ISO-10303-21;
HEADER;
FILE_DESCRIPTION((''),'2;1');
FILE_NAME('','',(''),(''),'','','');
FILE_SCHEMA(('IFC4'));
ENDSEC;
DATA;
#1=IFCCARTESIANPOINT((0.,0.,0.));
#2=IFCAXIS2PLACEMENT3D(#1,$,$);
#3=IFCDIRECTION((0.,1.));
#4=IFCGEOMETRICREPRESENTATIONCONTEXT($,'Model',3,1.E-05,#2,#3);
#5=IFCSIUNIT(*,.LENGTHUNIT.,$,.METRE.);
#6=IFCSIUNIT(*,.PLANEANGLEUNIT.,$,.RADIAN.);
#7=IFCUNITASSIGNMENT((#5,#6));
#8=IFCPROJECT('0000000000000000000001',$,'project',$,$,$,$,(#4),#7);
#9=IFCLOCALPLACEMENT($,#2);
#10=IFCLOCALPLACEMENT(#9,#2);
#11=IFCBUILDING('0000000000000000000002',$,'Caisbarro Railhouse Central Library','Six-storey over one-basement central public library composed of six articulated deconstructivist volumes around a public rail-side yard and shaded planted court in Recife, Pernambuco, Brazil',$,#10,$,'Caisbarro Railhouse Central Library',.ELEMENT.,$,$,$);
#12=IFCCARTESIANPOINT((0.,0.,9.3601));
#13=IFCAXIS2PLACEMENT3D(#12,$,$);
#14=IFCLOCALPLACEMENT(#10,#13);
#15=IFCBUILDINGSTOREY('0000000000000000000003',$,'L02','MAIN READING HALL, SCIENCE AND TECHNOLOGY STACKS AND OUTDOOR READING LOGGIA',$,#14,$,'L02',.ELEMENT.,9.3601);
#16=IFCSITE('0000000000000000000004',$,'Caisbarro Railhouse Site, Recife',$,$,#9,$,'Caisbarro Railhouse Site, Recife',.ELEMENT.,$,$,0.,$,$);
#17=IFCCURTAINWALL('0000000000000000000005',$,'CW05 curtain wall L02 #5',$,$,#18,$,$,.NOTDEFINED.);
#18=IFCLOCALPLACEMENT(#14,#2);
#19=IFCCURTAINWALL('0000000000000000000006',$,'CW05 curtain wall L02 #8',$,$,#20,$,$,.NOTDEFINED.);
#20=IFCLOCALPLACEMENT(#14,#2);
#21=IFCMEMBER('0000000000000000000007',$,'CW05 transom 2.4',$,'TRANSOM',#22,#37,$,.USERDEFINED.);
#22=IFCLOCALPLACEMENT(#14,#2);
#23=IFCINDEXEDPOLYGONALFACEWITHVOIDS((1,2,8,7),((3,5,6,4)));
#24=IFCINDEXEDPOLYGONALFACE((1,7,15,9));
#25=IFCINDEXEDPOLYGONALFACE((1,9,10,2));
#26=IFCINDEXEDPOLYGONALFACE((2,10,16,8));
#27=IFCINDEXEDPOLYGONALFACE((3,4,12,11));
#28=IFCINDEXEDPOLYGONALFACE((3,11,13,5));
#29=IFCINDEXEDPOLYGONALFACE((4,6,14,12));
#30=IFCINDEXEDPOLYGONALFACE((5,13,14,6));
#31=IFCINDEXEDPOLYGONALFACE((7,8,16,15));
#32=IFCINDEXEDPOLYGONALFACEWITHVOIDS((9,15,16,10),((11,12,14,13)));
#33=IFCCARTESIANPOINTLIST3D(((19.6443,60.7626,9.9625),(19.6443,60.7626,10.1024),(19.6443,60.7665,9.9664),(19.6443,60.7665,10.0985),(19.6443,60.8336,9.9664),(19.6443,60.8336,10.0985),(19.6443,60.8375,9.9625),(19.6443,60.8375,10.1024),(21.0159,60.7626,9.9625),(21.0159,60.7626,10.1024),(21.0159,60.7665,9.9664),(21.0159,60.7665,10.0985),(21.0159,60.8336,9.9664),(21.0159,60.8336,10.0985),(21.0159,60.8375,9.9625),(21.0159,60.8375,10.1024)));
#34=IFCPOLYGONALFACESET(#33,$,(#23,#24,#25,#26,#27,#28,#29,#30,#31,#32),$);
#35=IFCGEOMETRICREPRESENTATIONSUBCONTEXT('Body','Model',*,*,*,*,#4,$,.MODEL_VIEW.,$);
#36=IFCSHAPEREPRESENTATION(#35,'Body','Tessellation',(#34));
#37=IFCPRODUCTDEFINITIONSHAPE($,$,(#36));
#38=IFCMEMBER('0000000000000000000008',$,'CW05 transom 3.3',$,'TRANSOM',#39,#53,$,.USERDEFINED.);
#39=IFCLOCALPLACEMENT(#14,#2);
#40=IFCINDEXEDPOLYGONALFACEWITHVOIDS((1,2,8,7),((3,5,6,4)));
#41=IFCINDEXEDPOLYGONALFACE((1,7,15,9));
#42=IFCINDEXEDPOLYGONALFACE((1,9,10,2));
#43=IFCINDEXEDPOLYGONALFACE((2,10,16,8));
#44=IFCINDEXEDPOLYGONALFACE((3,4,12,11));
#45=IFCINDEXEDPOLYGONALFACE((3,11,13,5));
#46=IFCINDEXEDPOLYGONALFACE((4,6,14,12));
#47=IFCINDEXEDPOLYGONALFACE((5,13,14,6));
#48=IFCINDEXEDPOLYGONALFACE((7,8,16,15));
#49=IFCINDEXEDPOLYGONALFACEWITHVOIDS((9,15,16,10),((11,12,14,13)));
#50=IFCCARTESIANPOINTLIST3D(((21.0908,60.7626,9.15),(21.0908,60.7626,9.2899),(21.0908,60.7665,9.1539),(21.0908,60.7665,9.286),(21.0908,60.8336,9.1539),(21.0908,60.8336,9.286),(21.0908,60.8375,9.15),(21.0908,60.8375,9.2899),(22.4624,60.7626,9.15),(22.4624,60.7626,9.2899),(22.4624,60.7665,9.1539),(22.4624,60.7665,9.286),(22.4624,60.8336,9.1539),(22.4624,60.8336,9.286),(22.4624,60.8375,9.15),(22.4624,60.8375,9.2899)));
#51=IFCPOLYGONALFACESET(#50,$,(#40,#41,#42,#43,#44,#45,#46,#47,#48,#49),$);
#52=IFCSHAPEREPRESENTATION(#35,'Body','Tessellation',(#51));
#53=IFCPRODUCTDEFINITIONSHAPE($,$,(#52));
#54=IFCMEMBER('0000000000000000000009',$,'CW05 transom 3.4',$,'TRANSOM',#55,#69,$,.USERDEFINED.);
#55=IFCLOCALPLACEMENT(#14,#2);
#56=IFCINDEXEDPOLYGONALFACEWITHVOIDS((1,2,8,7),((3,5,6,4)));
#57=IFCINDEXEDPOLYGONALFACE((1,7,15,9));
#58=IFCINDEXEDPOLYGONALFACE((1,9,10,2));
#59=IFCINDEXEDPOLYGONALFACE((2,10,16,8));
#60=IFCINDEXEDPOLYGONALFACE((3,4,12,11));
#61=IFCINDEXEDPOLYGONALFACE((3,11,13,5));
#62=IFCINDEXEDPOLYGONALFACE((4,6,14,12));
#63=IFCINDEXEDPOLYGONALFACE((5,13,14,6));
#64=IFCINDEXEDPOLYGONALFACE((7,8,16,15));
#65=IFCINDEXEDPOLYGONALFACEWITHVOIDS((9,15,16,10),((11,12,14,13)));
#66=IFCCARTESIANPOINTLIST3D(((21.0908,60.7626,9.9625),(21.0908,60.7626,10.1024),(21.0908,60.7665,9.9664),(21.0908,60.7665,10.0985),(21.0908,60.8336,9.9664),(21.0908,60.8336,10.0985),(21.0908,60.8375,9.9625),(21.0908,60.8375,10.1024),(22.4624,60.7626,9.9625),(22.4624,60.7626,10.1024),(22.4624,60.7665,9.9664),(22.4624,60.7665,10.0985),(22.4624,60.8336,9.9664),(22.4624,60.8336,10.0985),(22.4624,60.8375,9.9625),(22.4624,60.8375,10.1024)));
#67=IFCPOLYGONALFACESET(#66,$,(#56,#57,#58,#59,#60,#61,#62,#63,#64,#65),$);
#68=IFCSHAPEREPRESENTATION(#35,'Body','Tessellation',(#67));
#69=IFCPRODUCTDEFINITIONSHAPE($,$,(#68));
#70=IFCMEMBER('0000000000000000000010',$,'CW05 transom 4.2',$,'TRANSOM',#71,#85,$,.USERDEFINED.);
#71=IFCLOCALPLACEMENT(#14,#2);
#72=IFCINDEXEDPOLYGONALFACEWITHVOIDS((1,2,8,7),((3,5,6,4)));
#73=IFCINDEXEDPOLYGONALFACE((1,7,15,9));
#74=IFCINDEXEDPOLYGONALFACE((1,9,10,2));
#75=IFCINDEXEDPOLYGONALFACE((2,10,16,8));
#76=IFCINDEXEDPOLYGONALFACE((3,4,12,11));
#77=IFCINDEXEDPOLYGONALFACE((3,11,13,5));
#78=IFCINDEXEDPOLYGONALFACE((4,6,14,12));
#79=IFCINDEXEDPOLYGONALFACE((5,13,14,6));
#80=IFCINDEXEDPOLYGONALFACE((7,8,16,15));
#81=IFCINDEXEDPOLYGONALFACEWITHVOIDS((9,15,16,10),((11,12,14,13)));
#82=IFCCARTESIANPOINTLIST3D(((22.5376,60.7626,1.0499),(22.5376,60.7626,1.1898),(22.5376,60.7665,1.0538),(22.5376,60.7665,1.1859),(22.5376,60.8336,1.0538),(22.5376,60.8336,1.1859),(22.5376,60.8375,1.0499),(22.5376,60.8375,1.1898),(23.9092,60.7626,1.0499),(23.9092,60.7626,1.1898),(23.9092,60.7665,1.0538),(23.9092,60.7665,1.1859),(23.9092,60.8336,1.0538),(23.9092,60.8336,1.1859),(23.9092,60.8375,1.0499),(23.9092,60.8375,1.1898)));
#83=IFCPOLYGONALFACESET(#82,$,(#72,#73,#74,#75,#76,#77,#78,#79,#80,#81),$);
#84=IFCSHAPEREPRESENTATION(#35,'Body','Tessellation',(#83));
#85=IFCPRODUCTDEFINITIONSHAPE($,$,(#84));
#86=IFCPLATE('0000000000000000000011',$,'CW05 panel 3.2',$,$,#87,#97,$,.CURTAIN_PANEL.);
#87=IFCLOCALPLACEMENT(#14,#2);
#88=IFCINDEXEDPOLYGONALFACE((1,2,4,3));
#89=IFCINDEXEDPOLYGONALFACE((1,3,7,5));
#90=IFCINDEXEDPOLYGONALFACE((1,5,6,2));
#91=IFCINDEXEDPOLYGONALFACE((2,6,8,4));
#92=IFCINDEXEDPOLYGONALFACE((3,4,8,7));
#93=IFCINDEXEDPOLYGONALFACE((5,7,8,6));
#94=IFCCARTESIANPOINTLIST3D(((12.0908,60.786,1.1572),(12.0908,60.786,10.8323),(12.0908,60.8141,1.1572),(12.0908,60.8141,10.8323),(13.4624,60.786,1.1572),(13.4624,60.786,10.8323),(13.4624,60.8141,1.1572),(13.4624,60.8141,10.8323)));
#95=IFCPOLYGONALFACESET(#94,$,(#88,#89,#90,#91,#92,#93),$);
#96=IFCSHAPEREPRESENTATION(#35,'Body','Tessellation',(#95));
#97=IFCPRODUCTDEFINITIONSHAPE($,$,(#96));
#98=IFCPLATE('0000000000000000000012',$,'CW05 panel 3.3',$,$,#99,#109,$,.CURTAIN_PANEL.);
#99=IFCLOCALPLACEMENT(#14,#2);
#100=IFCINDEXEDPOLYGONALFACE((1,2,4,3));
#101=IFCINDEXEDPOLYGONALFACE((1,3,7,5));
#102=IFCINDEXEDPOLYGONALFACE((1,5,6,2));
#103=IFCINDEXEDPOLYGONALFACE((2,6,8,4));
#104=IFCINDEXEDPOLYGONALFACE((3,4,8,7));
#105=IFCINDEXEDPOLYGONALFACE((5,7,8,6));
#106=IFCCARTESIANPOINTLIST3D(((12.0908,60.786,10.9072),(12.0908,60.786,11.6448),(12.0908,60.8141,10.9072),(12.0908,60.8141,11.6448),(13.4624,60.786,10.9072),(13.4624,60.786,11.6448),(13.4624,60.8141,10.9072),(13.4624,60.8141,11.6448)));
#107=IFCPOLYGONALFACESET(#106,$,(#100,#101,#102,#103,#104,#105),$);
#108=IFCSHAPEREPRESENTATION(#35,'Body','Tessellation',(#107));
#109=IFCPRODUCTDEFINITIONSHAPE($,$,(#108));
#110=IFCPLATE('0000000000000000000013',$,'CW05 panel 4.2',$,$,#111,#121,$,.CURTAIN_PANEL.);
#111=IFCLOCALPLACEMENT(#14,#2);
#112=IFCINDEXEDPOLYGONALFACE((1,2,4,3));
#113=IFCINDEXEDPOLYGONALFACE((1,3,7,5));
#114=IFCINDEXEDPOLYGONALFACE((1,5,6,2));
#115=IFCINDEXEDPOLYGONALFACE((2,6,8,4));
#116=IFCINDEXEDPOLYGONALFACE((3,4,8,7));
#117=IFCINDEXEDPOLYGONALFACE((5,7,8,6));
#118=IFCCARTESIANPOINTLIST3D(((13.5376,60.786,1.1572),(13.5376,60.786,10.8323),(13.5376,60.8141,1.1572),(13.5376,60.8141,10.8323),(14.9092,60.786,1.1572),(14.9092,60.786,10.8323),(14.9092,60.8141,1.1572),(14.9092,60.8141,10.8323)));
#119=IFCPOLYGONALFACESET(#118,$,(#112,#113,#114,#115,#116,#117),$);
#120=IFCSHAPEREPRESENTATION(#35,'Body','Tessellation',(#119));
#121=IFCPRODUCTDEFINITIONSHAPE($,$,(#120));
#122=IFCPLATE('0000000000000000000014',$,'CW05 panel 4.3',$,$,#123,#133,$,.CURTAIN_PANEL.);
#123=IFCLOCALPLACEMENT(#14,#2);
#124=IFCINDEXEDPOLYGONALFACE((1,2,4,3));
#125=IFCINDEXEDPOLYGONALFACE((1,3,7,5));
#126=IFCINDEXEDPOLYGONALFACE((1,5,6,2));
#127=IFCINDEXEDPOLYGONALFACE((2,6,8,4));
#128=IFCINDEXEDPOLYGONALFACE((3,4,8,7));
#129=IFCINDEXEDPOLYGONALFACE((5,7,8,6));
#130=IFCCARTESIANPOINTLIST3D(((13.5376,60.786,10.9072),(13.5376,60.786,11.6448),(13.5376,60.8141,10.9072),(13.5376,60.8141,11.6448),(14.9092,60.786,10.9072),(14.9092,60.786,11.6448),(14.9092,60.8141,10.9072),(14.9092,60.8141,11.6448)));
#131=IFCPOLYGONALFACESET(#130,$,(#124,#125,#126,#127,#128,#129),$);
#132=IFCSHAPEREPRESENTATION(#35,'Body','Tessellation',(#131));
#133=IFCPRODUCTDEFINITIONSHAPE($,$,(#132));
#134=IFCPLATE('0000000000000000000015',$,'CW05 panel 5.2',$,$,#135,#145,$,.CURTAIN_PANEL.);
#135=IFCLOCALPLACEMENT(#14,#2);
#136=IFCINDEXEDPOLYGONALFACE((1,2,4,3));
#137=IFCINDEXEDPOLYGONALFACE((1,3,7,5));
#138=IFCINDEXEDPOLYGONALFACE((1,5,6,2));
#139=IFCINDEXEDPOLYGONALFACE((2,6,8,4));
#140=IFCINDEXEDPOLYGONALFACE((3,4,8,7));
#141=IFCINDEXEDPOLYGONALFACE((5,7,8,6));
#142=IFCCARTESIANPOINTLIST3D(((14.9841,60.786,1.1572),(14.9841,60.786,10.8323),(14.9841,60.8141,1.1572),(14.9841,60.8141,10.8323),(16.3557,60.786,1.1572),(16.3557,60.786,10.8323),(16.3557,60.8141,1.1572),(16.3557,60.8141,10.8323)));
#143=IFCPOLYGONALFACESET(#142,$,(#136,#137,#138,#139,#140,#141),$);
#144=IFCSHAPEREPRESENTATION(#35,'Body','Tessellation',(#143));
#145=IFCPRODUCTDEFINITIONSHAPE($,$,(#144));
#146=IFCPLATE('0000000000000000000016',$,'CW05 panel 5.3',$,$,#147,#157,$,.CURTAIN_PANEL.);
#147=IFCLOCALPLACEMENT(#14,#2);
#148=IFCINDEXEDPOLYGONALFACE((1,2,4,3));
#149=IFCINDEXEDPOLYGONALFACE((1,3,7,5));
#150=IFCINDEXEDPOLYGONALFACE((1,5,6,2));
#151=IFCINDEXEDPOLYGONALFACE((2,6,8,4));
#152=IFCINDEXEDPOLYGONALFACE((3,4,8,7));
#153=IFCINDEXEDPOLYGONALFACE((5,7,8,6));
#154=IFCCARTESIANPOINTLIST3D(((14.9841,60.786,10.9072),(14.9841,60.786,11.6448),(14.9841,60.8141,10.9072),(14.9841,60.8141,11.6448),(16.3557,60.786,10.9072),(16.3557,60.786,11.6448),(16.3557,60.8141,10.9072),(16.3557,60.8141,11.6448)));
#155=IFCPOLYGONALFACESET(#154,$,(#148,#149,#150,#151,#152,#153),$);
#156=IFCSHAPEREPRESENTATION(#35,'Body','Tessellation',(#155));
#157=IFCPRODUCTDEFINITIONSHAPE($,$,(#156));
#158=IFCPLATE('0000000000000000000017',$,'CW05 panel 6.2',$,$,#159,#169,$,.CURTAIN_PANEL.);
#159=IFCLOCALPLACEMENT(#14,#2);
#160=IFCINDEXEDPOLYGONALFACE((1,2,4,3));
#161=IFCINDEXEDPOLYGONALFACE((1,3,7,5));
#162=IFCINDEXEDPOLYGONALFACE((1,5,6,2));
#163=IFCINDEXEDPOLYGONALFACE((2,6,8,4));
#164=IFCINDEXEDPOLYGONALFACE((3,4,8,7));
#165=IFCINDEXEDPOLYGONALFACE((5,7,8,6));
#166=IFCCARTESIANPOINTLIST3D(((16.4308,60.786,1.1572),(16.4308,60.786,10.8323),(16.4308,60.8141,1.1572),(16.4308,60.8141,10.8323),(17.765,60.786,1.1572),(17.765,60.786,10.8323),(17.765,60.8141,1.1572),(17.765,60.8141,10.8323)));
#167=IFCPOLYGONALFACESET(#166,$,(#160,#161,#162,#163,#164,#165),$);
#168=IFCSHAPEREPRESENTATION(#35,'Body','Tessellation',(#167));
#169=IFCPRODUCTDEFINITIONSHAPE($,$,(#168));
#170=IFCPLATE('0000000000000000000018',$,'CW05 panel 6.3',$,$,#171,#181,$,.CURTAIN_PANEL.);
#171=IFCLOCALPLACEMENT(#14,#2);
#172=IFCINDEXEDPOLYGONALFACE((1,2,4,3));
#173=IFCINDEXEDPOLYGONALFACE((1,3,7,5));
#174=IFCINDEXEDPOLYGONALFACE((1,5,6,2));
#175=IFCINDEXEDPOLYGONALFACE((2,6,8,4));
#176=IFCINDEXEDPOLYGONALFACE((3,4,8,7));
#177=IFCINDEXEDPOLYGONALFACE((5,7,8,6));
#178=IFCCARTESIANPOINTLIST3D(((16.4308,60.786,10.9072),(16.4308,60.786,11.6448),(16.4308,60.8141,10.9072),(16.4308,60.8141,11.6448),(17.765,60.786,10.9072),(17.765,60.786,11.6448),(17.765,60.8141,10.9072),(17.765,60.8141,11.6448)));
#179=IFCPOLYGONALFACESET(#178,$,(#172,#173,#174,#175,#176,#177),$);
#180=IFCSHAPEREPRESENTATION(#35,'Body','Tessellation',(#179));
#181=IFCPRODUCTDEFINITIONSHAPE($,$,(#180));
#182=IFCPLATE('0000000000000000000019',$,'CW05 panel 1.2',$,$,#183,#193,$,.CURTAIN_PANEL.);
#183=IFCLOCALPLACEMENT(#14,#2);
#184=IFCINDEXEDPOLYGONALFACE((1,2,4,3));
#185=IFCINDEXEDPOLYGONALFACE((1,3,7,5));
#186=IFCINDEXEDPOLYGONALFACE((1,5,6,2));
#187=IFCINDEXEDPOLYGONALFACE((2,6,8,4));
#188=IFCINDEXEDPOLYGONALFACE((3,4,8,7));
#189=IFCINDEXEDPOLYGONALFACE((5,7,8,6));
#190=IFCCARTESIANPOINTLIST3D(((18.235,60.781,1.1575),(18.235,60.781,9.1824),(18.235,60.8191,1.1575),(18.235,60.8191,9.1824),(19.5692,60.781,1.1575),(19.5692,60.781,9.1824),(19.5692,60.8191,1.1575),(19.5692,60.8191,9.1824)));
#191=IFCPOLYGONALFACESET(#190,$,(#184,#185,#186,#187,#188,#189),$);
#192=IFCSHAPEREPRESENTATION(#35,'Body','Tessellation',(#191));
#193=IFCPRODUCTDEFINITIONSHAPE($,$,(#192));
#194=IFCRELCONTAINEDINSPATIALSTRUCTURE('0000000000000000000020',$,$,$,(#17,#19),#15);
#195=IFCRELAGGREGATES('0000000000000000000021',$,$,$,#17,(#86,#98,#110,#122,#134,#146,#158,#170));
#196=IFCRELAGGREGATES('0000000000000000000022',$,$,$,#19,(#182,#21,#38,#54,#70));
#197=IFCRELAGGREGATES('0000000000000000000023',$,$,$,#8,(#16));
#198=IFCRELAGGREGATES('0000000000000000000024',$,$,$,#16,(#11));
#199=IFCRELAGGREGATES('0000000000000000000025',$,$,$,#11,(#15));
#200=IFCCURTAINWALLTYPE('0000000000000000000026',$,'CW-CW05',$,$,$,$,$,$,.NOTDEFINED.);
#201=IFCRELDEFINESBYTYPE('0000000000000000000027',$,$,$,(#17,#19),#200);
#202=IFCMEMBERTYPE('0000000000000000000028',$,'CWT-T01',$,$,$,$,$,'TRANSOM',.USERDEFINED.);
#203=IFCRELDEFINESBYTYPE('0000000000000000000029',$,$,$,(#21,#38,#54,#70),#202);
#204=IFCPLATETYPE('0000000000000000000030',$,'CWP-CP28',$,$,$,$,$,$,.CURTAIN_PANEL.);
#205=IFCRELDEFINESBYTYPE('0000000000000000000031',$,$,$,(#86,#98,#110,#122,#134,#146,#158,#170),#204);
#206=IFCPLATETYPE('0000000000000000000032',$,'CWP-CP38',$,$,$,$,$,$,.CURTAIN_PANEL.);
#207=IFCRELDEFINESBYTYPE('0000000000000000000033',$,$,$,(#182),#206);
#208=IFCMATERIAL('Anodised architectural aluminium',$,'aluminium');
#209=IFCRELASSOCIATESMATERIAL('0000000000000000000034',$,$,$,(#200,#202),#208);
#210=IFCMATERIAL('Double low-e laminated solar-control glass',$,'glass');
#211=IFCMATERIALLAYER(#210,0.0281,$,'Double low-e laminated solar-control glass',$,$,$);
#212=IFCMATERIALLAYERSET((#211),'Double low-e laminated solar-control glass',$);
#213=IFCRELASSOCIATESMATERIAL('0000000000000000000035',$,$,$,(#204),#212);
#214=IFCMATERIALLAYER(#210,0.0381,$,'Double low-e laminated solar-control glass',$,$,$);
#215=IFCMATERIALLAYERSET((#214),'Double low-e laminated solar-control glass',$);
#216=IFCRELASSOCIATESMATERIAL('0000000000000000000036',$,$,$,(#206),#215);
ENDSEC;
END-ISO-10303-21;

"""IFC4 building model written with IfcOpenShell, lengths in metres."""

from ifc_helpers import new_model, si_unit, direction, frame, origin, origin_2d, place, context, subcontext, project, spatial, rectangle, hollow_rectangle, extrude, material, layer, layer_set, material_profile, profile_set, type_object, element, aggregate, save


model = new_model("IFC4")

# Units and contexts
model_context = context("Model", 3, precision=1e-05, world=origin(), true_north=direction((0.0, 1.0)))
body_context = subcontext(model_context, "Body", "Model", "MODEL_VIEW")
ifc_project = project(units=[si_unit("LENGTHUNIT", "METRE"), si_unit("PLANEANGLEUNIT", "RADIAN")], contexts=[model_context])

# Site, building, storey
site_placement = place(None, origin())
site = spatial("IfcSite", under=ifc_project, at=site_placement, Name="Caisbarro Railhouse Site, Recife", LongName="Caisbarro Railhouse Site, Recife", CompositionType="ELEMENT", RefElevation=0.0)
building_placement = place(site_placement, origin())
building = spatial("IfcBuilding", under=site, at=building_placement, Name="Caisbarro Railhouse Central Library", Description="Six-storey over one-basement central public library composed of six articulated deconstructivist volumes around a public rail-side yard and shaded planted court in Recife, Pernambuco, Brazil", LongName="Caisbarro Railhouse Central Library", CompositionType="ELEMENT")
storey_placement = place(building_placement, frame((0.0, 0.0, 9.3601)))
storey = spatial("IfcBuildingStorey", under=building, at=storey_placement, Name="L02", Description="MAIN READING HALL, SCIENCE AND TECHNOLOGY STACKS AND OUTDOOR READING LOGGIA", LongName="L02", CompositionType="ELEMENT", Elevation=9.3601)

# Curtain walls, members
ifc_material_1 = material(Name="Anodised architectural aluminium", Category="aluminium")
curtain_wall_type = type_object("IfcCurtainWallType", Name="CW-CW05", PredefinedType="NOTDEFINED", material=ifc_material_1)
curtain_wall_1_placement = place(storey_placement, origin())
curtain_wall_1 = element("IfcCurtainWall", 1, at=curtain_wall_1_placement, inside=storey, type_object=curtain_wall_type, Name="CW05 curtain wall L02 #5", PredefinedType="NOTDEFINED")
ifc_material_profile = material_profile(ifc_material_1, hollow_rectangle(XDim=0.075, YDim=0.1399, WallThickness=0.0039, at=origin_2d()), Name="ALU-TRN-75X140")
ifc_profile_set = profile_set([ifc_material_profile], Name="Anodised architectural aluminium")
member_type = type_object("IfcMemberType", Name="CWT-T01", ElementType="TRANSOM", PredefinedType="USERDEFINED", material=ifc_profile_set)
curtain_wall_2_placement = place(storey_placement, origin())
curtain_wall_2 = element("IfcCurtainWall", 2, at=curtain_wall_2_placement, inside=storey, type_object=curtain_wall_type, Name="CW05 curtain wall L02 #8", PredefinedType="NOTDEFINED")
member_1_placement = place(storey_placement, frame((19.6443, 60.8, 10.0325), z_axis=(1.0, 0.0, 0.0), x_axis=(0.0, 1.0, 0.0)))
member_1 = element("IfcMember", 3, at=member_1_placement, type_object=member_type, Name="CW05 transom 2.4", ObjectType="TRANSOM", PredefinedType="USERDEFINED", context=body_context, shape_type="SweptSolid", body=[
    extrude(hollow_rectangle(XDim=0.075, YDim=0.1399, WallThickness=0.0039, at=origin_2d()), origin(), (0.0, 0.0, 1.0), 1.3716),
])
member_2_placement = place(storey_placement, frame((21.0908, 60.8, 9.22), z_axis=(1.0, 0.0, 0.0), x_axis=(0.0, 1.0, 0.0)))
member_2 = element("IfcMember", 4, at=member_2_placement, type_object=member_type, Name="CW05 transom 3.3", ObjectType="TRANSOM", PredefinedType="USERDEFINED", context=body_context, shape_type="SweptSolid", body=[
    extrude(hollow_rectangle(XDim=0.075, YDim=0.1399, WallThickness=0.0039, at=origin_2d()), origin(), (0.0, 0.0, 1.0), 1.3716),
])
member_3_placement = place(storey_placement, frame((21.0908, 60.8, 10.0325), z_axis=(1.0, 0.0, 0.0), x_axis=(0.0, 1.0, 0.0)))
member_3 = element("IfcMember", 5, at=member_3_placement, type_object=member_type, Name="CW05 transom 3.4", ObjectType="TRANSOM", PredefinedType="USERDEFINED", context=body_context, shape_type="SweptSolid", body=[
    extrude(hollow_rectangle(XDim=0.075, YDim=0.1399, WallThickness=0.0039, at=origin_2d()), origin(), (0.0, 0.0, 1.0), 1.3716),
])
member_4_placement = place(storey_placement, frame((22.5376, 60.8, 1.1199), z_axis=(1.0, 0.0, 0.0), x_axis=(0.0, 1.0, 0.0)))
member_4 = element("IfcMember", 6, at=member_4_placement, type_object=member_type, Name="CW05 transom 4.2", ObjectType="TRANSOM", PredefinedType="USERDEFINED", context=body_context, shape_type="SweptSolid", body=[
    extrude(hollow_rectangle(XDim=0.075, YDim=0.1399, WallThickness=0.0039, at=origin_2d()), origin(), (0.0, 0.0, 1.0), 1.3716),
])

# Plates
ifc_material_2 = material(Name="Double low-e laminated solar-control glass", Category="glass")
ifc_layer_1 = layer(ifc_material_2, 0.0281, Name="Double low-e laminated solar-control glass")
ifc_layer_set_1 = layer_set([ifc_layer_1], Name="Double low-e laminated solar-control glass")
plate_type_1 = type_object("IfcPlateType", Name="CWP-CP28", PredefinedType="CURTAIN_PANEL", material=ifc_layer_set_1)
plate_1_placement = place(storey_placement, frame((12.7766, 60.8, 1.1572), z_axis=(0.0, 0.0, 1.0), x_axis=(1.0, 0.0, 0.0)))
plate_1 = element("IfcPlate", 7, at=plate_1_placement, type_object=plate_type_1, Name="CW05 panel 3.2", PredefinedType="CURTAIN_PANEL", context=body_context, shape_type="SweptSolid", body=[
    extrude(rectangle(XDim=1.3716, YDim=0.0281, at=origin_2d()), origin(), (0.0, 0.0, 1.0), 9.675),
])
plate_2_placement = place(storey_placement, frame((12.7766, 60.8, 10.9072), z_axis=(0.0, 0.0, 1.0), x_axis=(1.0, 0.0, 0.0)))
plate_2 = element("IfcPlate", 8, at=plate_2_placement, type_object=plate_type_1, Name="CW05 panel 3.3", PredefinedType="CURTAIN_PANEL", context=body_context, shape_type="SweptSolid", body=[
    extrude(rectangle(XDim=1.3716, YDim=0.0281, at=origin_2d()), origin(), (0.0, 0.0, 1.0), 0.7375),
])
plate_3_placement = place(storey_placement, frame((14.2234, 60.8, 1.1572), z_axis=(0.0, 0.0, 1.0), x_axis=(1.0, 0.0, 0.0)))
plate_3 = element("IfcPlate", 9, at=plate_3_placement, type_object=plate_type_1, Name="CW05 panel 4.2", PredefinedType="CURTAIN_PANEL", context=body_context, shape_type="SweptSolid", body=[
    extrude(rectangle(XDim=1.3716, YDim=0.0281, at=origin_2d()), origin(), (0.0, 0.0, 1.0), 9.675),
])
plate_4_placement = place(storey_placement, frame((14.2234, 60.8, 10.9072), z_axis=(0.0, 0.0, 1.0), x_axis=(1.0, 0.0, 0.0)))
plate_4 = element("IfcPlate", 10, at=plate_4_placement, type_object=plate_type_1, Name="CW05 panel 4.3", PredefinedType="CURTAIN_PANEL", context=body_context, shape_type="SweptSolid", body=[
    extrude(rectangle(XDim=1.3716, YDim=0.0281, at=origin_2d()), origin(), (0.0, 0.0, 1.0), 0.7375),
])
plate_5_placement = place(storey_placement, frame((15.6699, 60.8, 1.1572), z_axis=(0.0, 0.0, 1.0), x_axis=(1.0, 0.0, 0.0)))
plate_5 = element("IfcPlate", 11, at=plate_5_placement, type_object=plate_type_1, Name="CW05 panel 5.2", PredefinedType="CURTAIN_PANEL", context=body_context, shape_type="SweptSolid", body=[
    extrude(rectangle(XDim=1.3716, YDim=0.0281, at=origin_2d()), origin(), (0.0, 0.0, 1.0), 9.675),
])
plate_6_placement = place(storey_placement, frame((15.6699, 60.8, 10.9072), z_axis=(0.0, 0.0, 1.0), x_axis=(1.0, 0.0, 0.0)))
plate_6 = element("IfcPlate", 12, at=plate_6_placement, type_object=plate_type_1, Name="CW05 panel 5.3", PredefinedType="CURTAIN_PANEL", context=body_context, shape_type="SweptSolid", body=[
    extrude(rectangle(XDim=1.3716, YDim=0.0281, at=origin_2d()), origin(), (0.0, 0.0, 1.0), 0.7375),
])
plate_7_placement = place(storey_placement, frame((17.0979, 60.8, 1.1572), z_axis=(0.0, 0.0, 1.0), x_axis=(1.0, 0.0, 0.0)))
plate_7 = element("IfcPlate", 13, at=plate_7_placement, type_object=plate_type_1, Name="CW05 panel 6.2", PredefinedType="CURTAIN_PANEL", context=body_context, shape_type="SweptSolid", body=[
    extrude(rectangle(XDim=1.3342, YDim=0.0281, at=origin_2d()), origin(), (0.0, 0.0, 1.0), 9.675),
])
plate_8_placement = place(storey_placement, frame((17.0979, 60.8, 10.9072), z_axis=(0.0, 0.0, 1.0), x_axis=(1.0, 0.0, 0.0)))
plate_8 = element("IfcPlate", 14, at=plate_8_placement, type_object=plate_type_1, Name="CW05 panel 6.3", PredefinedType="CURTAIN_PANEL", context=body_context, shape_type="SweptSolid", body=[
    extrude(rectangle(XDim=1.3342, YDim=0.0281, at=origin_2d()), origin(), (0.0, 0.0, 1.0), 0.7375),
])
aggregate(curtain_wall_1, [plate_1, plate_2, plate_3, plate_4, plate_5, plate_6, plate_7, plate_8])
ifc_layer_2 = layer(ifc_material_2, 0.0381, Name="Double low-e laminated solar-control glass")
ifc_layer_set_2 = layer_set([ifc_layer_2], Name="Double low-e laminated solar-control glass")
plate_type_2 = type_object("IfcPlateType", Name="CWP-CP38", PredefinedType="CURTAIN_PANEL", material=ifc_layer_set_2)
plate_9_placement = place(storey_placement, frame((18.9021, 60.8, 1.1575), z_axis=(0.0, 0.0, 1.0), x_axis=(1.0, 0.0, 0.0)))
plate_9 = element("IfcPlate", 15, at=plate_9_placement, type_object=plate_type_2, Name="CW05 panel 1.2", PredefinedType="CURTAIN_PANEL", context=body_context, shape_type="SweptSolid", body=[
    extrude(rectangle(XDim=1.3342, YDim=0.0381, at=origin_2d()), origin(), (0.0, 0.0, 1.0), 8.0249),
])
aggregate(curtain_wall_2, [plate_9, member_1, member_2, member_3, member_4])

save(model, "model.ifc")
